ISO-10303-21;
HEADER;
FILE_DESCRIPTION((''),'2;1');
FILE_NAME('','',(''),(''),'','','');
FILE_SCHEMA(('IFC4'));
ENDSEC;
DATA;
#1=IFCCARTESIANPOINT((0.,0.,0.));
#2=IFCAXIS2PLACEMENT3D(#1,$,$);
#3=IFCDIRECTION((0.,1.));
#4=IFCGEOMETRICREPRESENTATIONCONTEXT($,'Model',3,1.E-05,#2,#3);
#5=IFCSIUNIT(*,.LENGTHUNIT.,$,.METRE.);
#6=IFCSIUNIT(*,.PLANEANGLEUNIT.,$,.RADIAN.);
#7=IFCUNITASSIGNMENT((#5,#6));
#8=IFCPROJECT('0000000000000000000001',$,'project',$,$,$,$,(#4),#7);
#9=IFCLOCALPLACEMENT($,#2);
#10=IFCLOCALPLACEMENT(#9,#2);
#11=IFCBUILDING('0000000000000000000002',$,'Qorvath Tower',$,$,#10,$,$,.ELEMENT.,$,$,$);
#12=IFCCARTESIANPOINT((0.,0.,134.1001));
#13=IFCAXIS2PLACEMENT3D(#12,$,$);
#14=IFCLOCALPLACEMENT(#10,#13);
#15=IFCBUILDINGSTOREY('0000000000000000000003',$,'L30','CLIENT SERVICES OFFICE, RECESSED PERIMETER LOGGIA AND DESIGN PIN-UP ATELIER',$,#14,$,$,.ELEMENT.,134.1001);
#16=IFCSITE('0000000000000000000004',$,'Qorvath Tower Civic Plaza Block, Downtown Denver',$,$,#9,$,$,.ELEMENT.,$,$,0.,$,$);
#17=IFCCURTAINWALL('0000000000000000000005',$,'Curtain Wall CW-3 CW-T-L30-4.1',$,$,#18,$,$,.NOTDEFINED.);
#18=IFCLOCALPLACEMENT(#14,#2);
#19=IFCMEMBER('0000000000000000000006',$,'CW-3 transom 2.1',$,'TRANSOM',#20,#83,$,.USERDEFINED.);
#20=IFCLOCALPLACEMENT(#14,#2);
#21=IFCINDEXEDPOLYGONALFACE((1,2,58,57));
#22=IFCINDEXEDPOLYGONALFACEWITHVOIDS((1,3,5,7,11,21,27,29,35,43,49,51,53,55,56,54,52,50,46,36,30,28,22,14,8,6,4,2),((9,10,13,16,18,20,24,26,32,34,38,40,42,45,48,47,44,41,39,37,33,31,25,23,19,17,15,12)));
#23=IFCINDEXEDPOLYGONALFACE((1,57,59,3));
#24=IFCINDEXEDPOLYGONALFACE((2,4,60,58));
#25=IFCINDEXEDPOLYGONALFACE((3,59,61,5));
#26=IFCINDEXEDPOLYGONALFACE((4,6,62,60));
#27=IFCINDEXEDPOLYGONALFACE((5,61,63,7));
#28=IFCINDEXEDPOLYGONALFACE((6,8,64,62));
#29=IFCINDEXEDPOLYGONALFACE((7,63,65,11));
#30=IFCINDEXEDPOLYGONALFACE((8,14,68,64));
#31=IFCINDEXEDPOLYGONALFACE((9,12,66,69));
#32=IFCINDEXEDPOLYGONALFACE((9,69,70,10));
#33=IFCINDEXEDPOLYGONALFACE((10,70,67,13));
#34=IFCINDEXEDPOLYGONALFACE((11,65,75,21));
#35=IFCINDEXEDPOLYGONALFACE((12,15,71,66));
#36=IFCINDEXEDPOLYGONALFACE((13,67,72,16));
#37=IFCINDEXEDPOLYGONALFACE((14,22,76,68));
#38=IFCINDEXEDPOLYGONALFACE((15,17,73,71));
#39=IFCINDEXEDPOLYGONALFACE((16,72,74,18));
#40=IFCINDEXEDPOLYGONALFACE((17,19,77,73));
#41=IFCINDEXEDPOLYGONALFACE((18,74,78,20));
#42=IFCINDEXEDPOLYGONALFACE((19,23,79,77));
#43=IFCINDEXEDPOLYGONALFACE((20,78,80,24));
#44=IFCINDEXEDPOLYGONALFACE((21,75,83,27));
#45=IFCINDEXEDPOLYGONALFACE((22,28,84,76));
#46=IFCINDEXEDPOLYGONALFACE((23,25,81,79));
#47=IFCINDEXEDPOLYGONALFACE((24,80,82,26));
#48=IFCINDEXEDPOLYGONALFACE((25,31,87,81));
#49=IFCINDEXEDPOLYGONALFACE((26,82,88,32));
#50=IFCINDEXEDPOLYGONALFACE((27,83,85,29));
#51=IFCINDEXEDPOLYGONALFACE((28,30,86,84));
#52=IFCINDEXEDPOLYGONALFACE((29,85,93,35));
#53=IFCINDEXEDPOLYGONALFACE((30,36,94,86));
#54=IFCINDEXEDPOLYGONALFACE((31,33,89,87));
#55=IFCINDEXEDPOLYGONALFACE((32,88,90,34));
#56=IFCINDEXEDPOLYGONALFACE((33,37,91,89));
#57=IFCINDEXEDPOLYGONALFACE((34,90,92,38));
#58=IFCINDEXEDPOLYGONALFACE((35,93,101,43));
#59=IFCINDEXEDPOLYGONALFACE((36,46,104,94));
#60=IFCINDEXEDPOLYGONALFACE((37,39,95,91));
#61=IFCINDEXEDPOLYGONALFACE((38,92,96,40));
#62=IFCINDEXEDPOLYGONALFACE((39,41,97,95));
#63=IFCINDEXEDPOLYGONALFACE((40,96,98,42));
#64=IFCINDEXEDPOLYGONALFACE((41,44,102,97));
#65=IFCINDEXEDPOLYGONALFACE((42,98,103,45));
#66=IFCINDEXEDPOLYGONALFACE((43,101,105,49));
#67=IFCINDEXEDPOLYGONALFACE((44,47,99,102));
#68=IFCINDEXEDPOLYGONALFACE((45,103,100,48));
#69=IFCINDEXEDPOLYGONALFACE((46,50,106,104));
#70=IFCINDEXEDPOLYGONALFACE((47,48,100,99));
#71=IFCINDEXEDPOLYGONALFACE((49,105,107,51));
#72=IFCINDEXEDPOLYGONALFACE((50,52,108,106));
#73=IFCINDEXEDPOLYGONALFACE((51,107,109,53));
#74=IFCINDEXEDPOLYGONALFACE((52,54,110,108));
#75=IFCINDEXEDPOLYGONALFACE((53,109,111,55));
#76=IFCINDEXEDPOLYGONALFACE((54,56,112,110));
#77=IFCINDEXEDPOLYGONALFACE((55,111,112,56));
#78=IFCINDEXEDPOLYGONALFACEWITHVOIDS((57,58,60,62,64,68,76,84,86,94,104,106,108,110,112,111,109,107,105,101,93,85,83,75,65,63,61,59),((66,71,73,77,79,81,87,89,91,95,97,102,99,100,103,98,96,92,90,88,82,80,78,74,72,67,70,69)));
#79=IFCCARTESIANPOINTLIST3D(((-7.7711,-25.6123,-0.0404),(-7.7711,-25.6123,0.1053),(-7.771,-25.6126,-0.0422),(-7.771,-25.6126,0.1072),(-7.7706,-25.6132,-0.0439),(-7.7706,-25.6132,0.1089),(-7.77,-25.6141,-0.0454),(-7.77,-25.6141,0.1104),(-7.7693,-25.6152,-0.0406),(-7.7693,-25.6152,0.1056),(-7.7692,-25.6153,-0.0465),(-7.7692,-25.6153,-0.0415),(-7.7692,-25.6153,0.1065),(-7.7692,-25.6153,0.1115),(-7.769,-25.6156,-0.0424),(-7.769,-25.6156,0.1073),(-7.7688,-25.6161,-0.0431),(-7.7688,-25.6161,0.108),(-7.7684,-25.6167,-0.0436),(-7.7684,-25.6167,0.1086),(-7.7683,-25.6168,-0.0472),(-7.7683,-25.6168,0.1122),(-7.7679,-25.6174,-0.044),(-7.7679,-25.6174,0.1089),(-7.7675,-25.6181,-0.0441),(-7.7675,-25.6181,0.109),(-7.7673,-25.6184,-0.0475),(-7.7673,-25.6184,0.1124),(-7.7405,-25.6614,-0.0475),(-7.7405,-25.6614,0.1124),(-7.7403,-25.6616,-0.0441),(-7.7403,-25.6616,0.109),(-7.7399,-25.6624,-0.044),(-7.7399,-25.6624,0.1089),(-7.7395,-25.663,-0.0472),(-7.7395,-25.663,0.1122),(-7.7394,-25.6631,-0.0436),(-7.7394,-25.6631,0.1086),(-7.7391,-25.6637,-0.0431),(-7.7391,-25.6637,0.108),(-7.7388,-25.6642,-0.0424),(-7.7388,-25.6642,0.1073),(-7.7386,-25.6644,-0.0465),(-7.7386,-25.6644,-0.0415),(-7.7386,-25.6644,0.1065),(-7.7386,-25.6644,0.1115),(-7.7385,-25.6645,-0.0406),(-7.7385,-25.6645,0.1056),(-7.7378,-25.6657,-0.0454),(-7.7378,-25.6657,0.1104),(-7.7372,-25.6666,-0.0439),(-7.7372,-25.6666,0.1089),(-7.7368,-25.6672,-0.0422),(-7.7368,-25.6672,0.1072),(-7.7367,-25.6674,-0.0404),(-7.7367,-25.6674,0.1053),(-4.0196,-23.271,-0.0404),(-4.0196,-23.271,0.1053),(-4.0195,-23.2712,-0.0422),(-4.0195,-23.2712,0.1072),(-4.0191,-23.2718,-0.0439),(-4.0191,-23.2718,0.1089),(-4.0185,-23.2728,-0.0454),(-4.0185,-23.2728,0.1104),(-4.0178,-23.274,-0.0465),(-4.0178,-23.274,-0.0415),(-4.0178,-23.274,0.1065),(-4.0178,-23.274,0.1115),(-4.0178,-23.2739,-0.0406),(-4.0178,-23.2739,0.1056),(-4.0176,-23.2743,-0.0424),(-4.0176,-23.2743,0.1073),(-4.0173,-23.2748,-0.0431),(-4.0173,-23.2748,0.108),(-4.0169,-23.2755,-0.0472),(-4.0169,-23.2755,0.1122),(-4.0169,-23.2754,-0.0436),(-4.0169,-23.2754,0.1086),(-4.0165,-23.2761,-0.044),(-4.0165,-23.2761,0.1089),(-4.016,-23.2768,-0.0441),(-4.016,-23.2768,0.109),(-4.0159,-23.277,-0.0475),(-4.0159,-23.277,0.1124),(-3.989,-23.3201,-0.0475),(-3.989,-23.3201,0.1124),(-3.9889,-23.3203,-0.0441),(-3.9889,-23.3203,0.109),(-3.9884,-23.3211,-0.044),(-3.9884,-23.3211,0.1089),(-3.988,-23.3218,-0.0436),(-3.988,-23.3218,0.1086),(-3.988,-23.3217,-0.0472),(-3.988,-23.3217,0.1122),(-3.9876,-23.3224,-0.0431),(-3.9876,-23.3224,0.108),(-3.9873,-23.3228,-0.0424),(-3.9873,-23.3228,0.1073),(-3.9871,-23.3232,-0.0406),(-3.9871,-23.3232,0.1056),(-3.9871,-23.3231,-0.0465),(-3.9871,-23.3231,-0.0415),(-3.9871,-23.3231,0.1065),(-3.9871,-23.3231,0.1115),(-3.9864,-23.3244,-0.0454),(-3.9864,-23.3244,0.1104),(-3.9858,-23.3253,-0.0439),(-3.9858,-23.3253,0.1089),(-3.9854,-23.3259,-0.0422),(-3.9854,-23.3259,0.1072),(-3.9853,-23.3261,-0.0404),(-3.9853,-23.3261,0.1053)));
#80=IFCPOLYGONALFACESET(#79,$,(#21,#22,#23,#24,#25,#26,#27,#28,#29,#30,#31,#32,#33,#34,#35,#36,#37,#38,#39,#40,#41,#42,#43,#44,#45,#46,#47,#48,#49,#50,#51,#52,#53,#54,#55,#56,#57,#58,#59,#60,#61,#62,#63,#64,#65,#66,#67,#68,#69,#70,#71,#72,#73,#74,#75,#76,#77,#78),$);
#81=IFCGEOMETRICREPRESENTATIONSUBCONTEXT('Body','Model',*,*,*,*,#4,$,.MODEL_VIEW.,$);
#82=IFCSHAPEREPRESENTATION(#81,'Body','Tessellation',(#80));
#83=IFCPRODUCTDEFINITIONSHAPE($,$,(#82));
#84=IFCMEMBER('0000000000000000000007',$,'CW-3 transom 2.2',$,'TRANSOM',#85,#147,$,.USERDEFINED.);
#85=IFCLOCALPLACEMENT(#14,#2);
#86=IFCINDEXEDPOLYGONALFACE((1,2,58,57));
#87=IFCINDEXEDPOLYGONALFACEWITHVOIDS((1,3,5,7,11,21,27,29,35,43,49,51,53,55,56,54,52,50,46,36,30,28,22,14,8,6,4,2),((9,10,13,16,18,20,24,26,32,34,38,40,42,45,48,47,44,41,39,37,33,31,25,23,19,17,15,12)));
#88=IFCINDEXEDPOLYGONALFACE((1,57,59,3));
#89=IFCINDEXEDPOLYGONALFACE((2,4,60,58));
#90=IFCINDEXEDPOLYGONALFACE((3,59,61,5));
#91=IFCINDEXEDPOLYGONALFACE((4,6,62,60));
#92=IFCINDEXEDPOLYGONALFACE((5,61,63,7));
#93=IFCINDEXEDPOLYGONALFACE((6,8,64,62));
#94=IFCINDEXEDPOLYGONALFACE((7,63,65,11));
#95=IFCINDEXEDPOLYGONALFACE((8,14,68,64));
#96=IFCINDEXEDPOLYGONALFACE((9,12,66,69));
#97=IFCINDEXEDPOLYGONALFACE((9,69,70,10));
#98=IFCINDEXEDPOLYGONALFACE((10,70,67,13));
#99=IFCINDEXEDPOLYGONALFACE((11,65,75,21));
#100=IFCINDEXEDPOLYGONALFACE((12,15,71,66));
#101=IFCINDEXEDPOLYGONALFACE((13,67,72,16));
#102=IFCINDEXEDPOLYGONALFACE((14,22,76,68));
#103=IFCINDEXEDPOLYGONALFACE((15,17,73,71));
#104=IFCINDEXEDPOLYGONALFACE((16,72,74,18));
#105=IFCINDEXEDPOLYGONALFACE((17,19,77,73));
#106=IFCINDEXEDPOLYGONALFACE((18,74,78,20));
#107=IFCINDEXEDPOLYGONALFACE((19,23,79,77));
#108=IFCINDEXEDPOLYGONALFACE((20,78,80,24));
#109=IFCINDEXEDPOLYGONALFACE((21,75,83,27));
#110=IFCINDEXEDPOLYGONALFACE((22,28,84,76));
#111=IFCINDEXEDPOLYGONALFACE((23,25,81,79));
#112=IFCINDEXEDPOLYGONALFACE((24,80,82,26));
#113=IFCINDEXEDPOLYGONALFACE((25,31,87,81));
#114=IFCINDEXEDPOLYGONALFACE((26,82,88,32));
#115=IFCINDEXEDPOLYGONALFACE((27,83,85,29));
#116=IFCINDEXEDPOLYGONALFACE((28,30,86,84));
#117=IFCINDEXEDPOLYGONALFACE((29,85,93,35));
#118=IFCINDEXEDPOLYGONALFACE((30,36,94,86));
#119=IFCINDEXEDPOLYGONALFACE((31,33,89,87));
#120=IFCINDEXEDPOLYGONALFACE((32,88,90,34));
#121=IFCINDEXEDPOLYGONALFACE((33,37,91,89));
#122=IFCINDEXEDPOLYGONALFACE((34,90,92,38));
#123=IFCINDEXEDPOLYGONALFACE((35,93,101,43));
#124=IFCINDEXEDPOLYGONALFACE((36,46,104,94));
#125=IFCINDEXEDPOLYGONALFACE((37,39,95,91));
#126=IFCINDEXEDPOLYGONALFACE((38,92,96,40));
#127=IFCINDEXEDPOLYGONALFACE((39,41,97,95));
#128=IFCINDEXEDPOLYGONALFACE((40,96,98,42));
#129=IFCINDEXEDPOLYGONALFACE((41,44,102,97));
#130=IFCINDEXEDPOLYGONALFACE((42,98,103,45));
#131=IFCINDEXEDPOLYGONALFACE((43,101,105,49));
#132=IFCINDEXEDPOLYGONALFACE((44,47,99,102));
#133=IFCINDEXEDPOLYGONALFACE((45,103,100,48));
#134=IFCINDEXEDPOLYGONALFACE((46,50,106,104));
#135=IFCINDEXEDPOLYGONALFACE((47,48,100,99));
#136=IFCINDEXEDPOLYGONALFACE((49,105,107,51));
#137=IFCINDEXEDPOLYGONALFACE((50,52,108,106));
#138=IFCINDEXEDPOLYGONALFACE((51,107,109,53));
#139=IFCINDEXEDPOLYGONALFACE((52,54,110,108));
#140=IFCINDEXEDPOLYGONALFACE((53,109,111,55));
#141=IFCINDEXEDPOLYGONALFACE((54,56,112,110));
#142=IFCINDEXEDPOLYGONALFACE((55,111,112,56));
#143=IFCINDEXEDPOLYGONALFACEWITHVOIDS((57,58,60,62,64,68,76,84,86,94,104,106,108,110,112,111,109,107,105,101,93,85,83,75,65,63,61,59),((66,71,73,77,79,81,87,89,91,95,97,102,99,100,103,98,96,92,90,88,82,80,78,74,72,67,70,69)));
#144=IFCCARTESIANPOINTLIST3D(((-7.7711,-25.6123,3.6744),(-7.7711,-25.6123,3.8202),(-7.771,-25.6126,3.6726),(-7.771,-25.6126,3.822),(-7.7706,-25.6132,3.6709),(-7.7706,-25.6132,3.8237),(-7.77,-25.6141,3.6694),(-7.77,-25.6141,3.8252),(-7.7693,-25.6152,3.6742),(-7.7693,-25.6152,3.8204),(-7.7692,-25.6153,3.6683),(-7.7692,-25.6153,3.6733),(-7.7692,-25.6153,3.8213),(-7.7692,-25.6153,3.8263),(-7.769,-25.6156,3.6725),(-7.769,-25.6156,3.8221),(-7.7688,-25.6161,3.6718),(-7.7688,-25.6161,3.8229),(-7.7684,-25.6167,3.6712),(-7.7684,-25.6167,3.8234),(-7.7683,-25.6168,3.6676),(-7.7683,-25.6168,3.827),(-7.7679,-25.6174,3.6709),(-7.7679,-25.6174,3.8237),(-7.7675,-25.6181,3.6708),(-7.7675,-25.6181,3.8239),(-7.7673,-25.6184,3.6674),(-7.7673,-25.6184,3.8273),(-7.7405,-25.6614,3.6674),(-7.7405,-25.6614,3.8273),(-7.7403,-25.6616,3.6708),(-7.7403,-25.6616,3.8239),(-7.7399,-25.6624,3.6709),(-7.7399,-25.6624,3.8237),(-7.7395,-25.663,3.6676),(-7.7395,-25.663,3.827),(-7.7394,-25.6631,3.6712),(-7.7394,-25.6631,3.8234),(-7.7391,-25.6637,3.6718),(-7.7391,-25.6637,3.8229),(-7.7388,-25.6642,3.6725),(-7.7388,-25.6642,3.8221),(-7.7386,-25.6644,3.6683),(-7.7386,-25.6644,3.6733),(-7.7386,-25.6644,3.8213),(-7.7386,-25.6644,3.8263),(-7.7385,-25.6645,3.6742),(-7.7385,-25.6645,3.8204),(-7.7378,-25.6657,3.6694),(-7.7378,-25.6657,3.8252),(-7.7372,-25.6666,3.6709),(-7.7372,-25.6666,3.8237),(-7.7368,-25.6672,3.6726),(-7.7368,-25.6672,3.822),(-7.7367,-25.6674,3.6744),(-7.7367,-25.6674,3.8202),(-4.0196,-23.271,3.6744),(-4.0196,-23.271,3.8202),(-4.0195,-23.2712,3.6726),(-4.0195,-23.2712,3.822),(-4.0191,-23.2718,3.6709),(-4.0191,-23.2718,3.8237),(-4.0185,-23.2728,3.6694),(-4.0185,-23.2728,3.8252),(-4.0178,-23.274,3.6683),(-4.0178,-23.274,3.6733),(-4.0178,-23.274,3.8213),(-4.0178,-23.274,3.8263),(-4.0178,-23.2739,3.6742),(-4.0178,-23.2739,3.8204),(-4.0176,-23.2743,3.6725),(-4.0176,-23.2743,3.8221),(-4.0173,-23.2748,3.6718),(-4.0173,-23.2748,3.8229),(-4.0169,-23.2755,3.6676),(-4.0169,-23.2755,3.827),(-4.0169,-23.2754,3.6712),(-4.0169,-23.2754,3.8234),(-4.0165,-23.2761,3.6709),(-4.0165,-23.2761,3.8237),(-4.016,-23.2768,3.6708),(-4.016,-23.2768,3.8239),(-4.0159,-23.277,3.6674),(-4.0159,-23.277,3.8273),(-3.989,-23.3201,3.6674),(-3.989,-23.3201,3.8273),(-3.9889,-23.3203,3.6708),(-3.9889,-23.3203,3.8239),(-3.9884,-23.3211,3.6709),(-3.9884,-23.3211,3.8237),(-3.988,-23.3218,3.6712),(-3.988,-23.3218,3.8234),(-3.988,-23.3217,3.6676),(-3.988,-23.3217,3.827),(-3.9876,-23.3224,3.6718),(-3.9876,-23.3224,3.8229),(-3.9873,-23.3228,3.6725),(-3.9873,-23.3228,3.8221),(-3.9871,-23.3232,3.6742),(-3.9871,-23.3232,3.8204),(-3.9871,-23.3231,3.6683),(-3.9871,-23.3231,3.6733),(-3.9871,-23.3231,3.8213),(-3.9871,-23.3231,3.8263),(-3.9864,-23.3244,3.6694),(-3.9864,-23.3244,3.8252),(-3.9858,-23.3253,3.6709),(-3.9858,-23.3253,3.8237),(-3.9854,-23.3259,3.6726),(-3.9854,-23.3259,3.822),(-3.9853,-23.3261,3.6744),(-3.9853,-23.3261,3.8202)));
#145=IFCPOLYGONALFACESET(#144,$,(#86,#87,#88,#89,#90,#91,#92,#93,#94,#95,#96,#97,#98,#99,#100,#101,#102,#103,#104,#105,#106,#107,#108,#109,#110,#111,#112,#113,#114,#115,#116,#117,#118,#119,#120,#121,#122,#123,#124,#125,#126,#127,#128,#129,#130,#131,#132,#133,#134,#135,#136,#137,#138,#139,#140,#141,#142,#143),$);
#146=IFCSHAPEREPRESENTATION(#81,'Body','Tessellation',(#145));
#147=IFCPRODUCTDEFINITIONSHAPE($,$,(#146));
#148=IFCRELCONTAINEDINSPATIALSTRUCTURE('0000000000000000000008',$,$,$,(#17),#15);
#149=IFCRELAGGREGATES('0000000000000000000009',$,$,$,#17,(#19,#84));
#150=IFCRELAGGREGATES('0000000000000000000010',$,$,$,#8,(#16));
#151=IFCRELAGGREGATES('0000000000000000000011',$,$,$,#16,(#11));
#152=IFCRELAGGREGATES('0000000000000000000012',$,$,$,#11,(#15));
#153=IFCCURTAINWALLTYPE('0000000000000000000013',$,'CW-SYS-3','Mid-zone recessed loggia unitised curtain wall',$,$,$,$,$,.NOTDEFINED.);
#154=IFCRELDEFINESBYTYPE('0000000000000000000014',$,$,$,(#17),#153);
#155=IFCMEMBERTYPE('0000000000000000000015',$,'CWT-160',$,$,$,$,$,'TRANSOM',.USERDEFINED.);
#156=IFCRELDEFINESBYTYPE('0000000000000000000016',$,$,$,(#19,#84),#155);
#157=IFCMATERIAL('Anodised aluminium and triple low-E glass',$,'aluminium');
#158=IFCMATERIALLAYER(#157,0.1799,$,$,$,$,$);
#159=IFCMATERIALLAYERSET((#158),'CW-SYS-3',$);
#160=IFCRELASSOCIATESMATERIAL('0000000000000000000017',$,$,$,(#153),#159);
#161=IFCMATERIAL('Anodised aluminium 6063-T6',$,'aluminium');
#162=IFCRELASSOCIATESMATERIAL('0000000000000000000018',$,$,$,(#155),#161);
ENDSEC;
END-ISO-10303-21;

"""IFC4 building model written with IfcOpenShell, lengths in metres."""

from ifc_helpers import new_model, si_unit, direction, frame, origin, origin_2d, place, context, subcontext, project, spatial, hollow_rectangle, extrude, material, layer, layer_set, material_profile, profile_set, type_object, element, aggregate, save


model = new_model("IFC4")

# Units and contexts
model_context = context("Model", 3, precision=1e-05, world=origin(), true_north=direction((0.0, 1.0)))
body_context = subcontext(model_context, "Body", "Model", "MODEL_VIEW")
ifc_project = project(units=[si_unit("LENGTHUNIT", "METRE"), si_unit("PLANEANGLEUNIT", "RADIAN")], contexts=[model_context])

# Site, building, storey
site_placement = place(None, origin())
site = spatial("IfcSite", under=ifc_project, at=site_placement, Name="Qorvath Tower Civic Plaza Block, Downtown Denver", CompositionType="ELEMENT", RefElevation=0.0)
building_placement = place(site_placement, origin())
building = spatial("IfcBuilding", under=site, at=building_placement, Name="Qorvath Tower", CompositionType="ELEMENT")
storey_placement = place(building_placement, frame((0.0, 0.0, 134.1001)))
storey = spatial("IfcBuildingStorey", under=building, at=storey_placement, Name="L30", Description="CLIENT SERVICES OFFICE, RECESSED PERIMETER LOGGIA AND DESIGN PIN-UP ATELIER", CompositionType="ELEMENT", Elevation=134.1001)

# Curtain wall
ifc_material_1 = material(Name="Anodised aluminium and triple low-E glass", Category="aluminium")
ifc_layer_1 = layer(ifc_material_1, 0.1799)
ifc_layer_set_1 = layer_set([ifc_layer_1], Name="CW-SYS-3")
curtain_wall_type = type_object("IfcCurtainWallType", Name="CW-SYS-3", Description="Mid-zone recessed loggia unitised curtain wall", PredefinedType="NOTDEFINED", material=ifc_layer_set_1)
curtain_wall_1_placement = place(storey_placement, origin())
curtain_wall_1 = element("IfcCurtainWall", 1, at=curtain_wall_1_placement, inside=storey, type_object=curtain_wall_type, Name="Curtain Wall CW-3 CW-T-L30-4.1", PredefinedType="NOTDEFINED")

# Members
ifc_material_2 = material(Name="Anodised aluminium 6063-T6", Category="aluminium")
ifc_material_profile_1 = material_profile(ifc_material_2, hollow_rectangle(XDim=0.0649, YDim=0.1599, WallThickness=0.0034, InnerFilletRadius=0.0034, OuterFilletRadius=0.0071, at=origin_2d()), Name="CWT 160x65")
ifc_profile_set_1 = profile_set([ifc_material_profile_1], Name="Anodised aluminium 6063-T6")
member_type_1 = type_object("IfcMemberType", Name="CWT-160", ElementType="TRANSOM", PredefinedType="USERDEFINED", material=ifc_profile_set_1)
member_1_placement = place(storey_placement, frame((-7.7539, -25.6399, 0.0325), z_axis=(0.848339, 0.529453, 0.0), x_axis=(-0.529453, 0.848339, 0.0)))
member_1 = element("IfcMember", 2, at=member_1_placement, type_object=member_type_1, Name="CW-3 transom 2.1", ObjectType="TRANSOM", PredefinedType="USERDEFINED", context=body_context, shape_type="SweptSolid", body=[
    extrude(hollow_rectangle(XDim=0.0649, YDim=0.1599, WallThickness=0.0034, InnerFilletRadius=0.0034, OuterFilletRadius=0.0071, at=origin_2d()), origin(), (0.0, 0.0, 1.0), 4.4221),
])
member_2_placement = place(storey_placement, frame((-7.7539, -25.6399, 3.7473), z_axis=(0.848339, 0.529453, 0.0), x_axis=(-0.529453, 0.848339, 0.0)))
member_2 = element("IfcMember", 3, at=member_2_placement, type_object=member_type_1, Name="CW-3 transom 2.2", ObjectType="TRANSOM", PredefinedType="USERDEFINED", context=body_context, shape_type="SweptSolid", body=[
    extrude(hollow_rectangle(XDim=0.0649, YDim=0.1599, WallThickness=0.0034, InnerFilletRadius=0.0034, OuterFilletRadius=0.0071, at=origin_2d()), origin(), (0.0, 0.0, 1.0), 4.4221),
])

aggregate(curtain_wall_1, [member_1, member_2])

save(model, "model.ifc")
